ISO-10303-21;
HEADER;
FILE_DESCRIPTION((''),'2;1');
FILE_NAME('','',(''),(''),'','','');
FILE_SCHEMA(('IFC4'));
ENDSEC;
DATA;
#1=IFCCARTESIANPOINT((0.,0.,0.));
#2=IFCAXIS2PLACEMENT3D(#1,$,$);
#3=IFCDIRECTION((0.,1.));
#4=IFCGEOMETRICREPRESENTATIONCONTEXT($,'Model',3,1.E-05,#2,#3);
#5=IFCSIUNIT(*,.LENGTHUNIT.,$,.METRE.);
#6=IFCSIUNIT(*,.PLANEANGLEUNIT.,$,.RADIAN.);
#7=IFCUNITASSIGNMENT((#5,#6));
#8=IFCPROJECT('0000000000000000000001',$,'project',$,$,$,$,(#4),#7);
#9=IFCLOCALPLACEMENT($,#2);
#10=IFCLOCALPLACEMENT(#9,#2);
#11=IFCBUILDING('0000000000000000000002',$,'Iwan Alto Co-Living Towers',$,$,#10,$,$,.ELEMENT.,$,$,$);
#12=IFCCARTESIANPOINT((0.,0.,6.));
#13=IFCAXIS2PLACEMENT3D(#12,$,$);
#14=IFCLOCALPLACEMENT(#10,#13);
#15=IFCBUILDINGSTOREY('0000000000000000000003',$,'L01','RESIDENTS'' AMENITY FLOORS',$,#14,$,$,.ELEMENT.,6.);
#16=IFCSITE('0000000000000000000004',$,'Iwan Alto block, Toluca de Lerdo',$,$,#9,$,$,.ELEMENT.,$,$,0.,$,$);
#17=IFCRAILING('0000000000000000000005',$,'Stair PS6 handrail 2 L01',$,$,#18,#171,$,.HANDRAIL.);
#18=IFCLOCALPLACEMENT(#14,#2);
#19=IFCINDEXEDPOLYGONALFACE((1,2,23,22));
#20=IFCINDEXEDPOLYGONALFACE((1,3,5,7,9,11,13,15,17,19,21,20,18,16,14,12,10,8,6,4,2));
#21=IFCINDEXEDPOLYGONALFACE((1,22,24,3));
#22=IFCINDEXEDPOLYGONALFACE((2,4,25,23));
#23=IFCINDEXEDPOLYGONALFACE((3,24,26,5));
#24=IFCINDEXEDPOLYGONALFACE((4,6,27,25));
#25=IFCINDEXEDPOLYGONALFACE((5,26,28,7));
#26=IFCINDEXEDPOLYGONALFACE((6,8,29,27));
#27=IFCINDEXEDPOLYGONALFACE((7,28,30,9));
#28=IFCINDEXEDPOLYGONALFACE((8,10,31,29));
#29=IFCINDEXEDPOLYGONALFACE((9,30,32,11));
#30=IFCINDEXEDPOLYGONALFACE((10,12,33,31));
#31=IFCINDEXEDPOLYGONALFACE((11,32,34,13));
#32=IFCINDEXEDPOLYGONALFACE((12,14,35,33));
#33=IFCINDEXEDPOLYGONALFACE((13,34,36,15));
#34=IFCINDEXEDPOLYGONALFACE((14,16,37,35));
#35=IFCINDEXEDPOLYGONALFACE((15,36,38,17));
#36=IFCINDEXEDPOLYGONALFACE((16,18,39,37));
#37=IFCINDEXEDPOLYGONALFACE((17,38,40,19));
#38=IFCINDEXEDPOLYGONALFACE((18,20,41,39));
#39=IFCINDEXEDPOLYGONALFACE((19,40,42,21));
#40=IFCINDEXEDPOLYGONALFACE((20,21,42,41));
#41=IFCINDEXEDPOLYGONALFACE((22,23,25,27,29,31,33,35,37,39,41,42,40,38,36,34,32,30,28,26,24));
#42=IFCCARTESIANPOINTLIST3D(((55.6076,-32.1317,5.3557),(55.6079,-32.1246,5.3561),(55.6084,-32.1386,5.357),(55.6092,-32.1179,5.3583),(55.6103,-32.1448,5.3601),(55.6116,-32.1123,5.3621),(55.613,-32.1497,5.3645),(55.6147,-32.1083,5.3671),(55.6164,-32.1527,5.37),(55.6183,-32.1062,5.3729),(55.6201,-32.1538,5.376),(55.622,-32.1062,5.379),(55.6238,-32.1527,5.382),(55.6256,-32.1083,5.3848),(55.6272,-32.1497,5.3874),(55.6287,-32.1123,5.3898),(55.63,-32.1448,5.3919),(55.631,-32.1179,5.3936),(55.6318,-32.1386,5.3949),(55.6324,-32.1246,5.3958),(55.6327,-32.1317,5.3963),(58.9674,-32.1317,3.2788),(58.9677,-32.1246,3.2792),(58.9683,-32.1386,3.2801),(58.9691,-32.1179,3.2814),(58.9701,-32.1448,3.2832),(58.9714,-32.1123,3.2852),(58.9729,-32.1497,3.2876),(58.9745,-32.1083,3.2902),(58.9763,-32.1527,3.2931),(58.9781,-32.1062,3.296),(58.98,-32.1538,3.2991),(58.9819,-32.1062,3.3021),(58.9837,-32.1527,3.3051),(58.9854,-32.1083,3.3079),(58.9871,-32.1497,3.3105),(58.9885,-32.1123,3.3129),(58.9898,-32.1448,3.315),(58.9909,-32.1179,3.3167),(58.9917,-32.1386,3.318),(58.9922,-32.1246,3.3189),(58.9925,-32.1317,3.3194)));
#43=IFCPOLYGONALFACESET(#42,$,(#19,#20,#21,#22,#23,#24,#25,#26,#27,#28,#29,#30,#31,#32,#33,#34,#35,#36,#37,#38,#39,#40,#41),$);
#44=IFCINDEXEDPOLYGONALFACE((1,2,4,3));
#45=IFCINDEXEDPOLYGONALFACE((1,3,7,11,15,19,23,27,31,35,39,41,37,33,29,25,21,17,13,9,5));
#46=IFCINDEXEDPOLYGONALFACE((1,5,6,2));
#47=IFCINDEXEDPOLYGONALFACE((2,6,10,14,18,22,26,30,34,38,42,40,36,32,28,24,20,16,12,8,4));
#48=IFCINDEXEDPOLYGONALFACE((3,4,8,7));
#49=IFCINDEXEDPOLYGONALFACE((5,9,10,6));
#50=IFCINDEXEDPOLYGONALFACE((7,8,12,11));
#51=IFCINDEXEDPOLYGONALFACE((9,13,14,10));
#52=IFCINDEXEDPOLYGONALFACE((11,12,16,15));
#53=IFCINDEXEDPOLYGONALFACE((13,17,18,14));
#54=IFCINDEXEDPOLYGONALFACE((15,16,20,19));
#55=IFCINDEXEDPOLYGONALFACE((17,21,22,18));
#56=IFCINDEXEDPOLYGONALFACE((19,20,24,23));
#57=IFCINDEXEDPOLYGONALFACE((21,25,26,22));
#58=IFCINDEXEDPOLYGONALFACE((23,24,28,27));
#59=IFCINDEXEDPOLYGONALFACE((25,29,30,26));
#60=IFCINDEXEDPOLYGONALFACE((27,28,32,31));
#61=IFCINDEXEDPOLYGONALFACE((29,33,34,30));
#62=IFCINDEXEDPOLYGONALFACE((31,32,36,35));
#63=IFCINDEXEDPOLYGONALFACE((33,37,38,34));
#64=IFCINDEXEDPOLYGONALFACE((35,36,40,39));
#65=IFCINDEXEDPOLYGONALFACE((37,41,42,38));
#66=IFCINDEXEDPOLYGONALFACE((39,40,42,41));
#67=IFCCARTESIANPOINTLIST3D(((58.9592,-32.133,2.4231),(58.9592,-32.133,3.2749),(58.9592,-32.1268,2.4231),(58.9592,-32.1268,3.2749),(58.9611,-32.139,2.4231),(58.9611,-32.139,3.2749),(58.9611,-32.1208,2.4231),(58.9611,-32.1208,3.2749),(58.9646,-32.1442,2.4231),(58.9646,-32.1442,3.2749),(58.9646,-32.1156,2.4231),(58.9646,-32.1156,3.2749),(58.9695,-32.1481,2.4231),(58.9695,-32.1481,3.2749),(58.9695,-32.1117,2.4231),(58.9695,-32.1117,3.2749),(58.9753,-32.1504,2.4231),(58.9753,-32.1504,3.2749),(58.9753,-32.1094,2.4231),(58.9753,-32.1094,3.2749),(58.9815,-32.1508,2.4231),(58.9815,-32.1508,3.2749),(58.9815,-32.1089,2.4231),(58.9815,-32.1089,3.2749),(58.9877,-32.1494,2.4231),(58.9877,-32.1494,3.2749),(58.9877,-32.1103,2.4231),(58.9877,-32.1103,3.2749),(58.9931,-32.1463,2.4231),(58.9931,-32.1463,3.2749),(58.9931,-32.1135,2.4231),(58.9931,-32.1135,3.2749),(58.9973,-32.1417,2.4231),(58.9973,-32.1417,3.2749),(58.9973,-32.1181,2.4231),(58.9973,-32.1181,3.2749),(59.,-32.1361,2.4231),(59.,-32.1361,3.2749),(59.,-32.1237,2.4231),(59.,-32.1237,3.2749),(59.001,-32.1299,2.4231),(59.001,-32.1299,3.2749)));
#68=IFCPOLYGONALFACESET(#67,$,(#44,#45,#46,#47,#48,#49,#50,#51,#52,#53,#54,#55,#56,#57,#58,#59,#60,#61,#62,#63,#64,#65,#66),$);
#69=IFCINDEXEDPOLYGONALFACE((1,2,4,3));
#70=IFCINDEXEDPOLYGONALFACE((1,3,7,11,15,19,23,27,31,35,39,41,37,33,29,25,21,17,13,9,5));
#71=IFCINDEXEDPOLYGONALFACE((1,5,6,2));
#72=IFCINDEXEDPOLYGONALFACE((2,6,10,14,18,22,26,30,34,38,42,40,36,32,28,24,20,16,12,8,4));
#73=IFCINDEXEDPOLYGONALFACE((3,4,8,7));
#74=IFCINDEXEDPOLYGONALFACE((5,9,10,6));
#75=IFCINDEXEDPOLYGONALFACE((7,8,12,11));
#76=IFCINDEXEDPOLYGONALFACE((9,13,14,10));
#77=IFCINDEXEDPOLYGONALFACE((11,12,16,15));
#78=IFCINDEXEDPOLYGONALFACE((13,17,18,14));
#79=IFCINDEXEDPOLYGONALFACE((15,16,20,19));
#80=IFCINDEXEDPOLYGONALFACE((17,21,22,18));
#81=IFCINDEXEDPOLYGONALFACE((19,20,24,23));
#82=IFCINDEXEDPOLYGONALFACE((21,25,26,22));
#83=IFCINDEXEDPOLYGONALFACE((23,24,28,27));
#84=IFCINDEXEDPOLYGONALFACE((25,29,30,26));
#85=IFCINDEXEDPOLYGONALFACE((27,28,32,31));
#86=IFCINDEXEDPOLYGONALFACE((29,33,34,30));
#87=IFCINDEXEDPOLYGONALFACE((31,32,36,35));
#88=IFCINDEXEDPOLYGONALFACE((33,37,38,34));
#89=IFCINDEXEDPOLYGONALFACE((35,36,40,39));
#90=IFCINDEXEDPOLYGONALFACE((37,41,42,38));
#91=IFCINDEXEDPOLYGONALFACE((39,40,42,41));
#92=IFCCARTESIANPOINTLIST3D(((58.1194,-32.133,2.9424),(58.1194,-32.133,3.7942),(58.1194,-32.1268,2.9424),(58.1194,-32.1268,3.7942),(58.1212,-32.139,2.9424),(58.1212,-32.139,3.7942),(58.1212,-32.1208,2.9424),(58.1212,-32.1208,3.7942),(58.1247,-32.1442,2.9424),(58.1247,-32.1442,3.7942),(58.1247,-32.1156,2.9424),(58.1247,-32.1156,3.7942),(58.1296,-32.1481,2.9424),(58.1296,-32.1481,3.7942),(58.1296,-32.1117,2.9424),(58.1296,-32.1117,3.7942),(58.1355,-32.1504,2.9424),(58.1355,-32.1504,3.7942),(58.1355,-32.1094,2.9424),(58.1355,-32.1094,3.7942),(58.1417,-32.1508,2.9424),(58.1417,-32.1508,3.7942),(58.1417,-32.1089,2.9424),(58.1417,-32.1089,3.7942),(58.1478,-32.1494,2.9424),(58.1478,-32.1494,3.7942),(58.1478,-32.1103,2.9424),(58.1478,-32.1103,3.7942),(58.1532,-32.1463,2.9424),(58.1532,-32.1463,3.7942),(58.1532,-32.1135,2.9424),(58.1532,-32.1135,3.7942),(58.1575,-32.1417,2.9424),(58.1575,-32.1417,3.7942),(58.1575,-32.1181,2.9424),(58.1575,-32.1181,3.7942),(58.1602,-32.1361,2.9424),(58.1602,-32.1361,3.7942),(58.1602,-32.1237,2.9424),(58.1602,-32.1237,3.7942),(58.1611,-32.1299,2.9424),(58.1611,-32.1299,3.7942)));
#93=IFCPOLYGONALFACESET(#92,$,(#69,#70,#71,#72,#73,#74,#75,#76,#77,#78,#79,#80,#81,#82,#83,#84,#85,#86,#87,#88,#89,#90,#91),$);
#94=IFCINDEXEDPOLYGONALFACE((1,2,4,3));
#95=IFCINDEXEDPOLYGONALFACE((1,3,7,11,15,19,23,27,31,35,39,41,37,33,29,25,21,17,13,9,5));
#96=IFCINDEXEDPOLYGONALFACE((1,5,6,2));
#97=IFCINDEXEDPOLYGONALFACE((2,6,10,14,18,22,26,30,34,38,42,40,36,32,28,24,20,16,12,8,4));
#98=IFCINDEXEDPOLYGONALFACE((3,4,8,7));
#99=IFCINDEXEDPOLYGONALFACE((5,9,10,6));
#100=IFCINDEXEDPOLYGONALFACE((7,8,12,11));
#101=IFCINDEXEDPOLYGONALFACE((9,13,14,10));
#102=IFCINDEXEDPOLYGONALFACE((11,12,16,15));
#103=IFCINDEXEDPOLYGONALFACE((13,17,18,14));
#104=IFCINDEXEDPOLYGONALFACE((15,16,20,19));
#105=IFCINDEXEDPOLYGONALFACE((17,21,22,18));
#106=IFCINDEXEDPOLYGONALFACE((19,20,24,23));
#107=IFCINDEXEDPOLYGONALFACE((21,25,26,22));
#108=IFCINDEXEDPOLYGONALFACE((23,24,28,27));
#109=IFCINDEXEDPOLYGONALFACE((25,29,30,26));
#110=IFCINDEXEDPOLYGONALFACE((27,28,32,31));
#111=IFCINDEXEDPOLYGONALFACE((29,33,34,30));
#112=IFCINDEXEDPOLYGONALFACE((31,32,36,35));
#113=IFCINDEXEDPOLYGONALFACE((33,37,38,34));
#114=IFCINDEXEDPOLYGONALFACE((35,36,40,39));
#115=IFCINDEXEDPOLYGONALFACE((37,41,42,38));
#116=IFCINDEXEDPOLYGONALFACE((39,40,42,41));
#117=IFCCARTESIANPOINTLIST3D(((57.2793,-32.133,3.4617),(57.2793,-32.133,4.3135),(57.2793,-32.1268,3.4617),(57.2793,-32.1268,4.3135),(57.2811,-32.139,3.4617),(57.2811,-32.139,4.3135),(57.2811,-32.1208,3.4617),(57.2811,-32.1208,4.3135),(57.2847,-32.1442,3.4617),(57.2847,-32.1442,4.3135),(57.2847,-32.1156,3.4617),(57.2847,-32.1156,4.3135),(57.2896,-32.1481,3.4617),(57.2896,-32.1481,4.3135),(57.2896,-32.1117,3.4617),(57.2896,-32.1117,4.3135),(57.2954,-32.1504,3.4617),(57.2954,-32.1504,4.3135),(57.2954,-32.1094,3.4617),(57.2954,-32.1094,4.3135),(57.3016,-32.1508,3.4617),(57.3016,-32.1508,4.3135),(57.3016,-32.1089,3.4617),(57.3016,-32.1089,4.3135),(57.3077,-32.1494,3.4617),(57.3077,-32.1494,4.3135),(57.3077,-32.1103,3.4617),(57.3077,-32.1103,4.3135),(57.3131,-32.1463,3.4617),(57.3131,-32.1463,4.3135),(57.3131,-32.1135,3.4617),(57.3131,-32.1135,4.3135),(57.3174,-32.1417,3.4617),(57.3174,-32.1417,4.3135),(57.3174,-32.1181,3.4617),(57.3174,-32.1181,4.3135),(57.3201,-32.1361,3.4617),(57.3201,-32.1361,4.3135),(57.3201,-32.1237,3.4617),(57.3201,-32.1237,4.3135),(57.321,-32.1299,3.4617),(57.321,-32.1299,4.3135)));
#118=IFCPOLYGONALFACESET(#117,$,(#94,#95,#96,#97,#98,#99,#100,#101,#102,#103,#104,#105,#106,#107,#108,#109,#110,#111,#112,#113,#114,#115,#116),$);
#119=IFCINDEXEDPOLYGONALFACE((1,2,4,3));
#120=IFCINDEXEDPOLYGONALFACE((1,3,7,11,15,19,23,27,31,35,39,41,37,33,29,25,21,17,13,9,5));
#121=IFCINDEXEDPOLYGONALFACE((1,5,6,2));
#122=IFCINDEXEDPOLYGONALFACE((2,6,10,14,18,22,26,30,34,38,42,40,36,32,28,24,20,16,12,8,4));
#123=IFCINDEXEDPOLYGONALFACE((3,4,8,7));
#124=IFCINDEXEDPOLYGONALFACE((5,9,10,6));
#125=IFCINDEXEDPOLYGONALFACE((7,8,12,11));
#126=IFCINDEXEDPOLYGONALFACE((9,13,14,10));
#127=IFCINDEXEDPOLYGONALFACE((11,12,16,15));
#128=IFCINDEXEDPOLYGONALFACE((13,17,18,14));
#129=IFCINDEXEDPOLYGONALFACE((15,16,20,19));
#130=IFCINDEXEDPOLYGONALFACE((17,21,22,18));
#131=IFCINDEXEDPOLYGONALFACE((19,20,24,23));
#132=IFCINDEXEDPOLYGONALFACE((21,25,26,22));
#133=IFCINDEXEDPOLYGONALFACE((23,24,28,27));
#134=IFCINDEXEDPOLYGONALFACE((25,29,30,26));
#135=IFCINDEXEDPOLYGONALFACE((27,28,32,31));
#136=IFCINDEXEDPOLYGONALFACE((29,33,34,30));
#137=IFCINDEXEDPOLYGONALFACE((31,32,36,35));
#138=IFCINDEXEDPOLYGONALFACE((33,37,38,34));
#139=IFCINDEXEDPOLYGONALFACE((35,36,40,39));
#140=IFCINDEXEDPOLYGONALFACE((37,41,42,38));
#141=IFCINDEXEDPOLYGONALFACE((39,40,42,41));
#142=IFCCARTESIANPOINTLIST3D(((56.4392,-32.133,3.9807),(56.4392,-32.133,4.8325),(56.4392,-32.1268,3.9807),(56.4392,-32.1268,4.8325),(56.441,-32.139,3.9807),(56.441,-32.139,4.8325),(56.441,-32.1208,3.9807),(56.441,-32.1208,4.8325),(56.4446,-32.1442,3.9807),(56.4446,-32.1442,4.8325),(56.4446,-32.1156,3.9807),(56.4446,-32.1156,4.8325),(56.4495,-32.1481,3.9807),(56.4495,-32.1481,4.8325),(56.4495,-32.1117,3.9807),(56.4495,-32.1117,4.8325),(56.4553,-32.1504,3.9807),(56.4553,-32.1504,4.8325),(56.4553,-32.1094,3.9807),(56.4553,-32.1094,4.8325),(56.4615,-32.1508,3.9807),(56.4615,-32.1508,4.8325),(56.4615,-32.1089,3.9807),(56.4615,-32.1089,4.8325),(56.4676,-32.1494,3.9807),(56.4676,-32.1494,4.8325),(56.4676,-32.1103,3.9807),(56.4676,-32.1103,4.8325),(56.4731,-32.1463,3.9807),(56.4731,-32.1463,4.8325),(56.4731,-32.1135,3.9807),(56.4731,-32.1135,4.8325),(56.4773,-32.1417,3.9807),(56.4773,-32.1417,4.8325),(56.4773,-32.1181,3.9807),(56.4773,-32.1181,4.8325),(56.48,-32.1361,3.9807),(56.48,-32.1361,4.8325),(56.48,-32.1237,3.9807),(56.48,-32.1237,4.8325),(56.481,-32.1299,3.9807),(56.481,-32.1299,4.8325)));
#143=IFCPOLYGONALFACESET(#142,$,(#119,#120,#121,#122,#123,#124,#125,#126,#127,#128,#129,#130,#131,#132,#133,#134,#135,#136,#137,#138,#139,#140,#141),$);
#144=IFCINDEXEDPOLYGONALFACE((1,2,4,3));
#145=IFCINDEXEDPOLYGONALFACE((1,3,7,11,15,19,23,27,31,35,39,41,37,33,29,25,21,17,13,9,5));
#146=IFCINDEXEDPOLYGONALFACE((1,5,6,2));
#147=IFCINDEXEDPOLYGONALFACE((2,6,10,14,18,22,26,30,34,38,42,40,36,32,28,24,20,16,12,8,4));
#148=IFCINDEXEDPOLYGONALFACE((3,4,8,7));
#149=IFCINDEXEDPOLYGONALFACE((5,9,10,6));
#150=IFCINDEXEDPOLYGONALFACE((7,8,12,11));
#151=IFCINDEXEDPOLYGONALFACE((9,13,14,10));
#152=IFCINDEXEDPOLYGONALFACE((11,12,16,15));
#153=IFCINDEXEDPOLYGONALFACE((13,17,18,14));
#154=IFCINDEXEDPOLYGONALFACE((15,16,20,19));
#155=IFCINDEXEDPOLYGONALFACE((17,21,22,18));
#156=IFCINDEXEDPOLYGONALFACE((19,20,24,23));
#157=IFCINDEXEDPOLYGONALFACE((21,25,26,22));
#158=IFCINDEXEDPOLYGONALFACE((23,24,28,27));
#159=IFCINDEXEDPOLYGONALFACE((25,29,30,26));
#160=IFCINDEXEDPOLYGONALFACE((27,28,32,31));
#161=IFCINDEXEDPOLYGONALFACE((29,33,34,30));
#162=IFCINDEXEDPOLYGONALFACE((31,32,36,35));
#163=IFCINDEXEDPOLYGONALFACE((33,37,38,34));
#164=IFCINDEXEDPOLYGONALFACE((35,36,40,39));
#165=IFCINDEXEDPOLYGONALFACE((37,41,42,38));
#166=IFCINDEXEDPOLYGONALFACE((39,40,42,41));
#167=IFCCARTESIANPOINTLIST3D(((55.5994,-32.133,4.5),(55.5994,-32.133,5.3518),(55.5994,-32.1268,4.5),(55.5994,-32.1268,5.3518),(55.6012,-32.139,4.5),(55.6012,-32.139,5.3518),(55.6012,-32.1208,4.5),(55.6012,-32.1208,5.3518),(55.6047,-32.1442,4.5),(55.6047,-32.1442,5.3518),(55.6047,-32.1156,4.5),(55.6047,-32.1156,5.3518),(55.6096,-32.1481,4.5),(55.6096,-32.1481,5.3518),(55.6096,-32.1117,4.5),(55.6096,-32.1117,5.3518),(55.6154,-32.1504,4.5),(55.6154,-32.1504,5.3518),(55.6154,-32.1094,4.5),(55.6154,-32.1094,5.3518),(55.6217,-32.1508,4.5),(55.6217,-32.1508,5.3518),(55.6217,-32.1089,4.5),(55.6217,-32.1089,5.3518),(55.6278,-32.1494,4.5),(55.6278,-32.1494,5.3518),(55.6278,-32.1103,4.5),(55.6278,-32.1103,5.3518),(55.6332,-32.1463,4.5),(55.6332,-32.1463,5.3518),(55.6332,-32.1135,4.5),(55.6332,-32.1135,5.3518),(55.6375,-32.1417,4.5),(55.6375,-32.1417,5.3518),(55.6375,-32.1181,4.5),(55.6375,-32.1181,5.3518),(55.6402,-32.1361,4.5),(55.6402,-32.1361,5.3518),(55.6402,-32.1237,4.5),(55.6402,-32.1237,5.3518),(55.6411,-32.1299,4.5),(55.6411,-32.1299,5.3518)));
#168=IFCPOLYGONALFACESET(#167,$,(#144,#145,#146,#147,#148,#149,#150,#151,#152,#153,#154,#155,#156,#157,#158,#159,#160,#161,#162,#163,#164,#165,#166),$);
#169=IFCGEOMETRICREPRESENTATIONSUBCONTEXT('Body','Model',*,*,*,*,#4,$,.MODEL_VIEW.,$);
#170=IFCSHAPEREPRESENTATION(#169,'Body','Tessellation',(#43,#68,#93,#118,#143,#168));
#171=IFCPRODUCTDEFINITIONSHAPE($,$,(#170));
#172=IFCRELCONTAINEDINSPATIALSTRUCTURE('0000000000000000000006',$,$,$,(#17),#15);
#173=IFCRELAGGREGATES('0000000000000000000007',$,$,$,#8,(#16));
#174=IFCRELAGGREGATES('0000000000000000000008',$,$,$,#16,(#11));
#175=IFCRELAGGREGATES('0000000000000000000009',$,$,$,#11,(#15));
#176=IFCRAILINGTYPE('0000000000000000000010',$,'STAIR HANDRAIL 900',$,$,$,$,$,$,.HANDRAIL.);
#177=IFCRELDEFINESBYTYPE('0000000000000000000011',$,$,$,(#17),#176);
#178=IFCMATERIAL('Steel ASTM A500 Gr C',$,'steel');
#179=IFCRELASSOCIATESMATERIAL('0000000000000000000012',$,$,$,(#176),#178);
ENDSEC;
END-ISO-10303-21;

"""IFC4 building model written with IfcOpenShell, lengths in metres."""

from ifc_helpers import new_model, si_unit, direction, frame, origin, origin_2d, place, context, subcontext, project, spatial, circle, extrude, material, type_object, element, save


model = new_model("IFC4")

# Units and contexts
model_context = context("Model", 3, precision=1e-05, world=origin(), true_north=direction((0.0, 1.0)))
body_context = subcontext(model_context, "Body", "Model", "MODEL_VIEW")
ifc_project = project(units=[si_unit("LENGTHUNIT", "METRE"), si_unit("PLANEANGLEUNIT", "RADIAN")], contexts=[model_context])

# Site, building, storey
site_placement = place(None, origin())
site = spatial("IfcSite", under=ifc_project, at=site_placement, Name="Iwan Alto block, Toluca de Lerdo", CompositionType="ELEMENT", RefElevation=0.0)
building_placement = place(site_placement, origin())
building = spatial("IfcBuilding", under=site, at=building_placement, Name="Iwan Alto Co-Living Towers", CompositionType="ELEMENT")
storey_placement = place(building_placement, frame((0.0, 0.0, 6.0)))
storey = spatial("IfcBuildingStorey", under=building, at=storey_placement, Name="L01", Description="RESIDENTS' AMENITY FLOORS", CompositionType="ELEMENT", Elevation=6.0)

# Railing
ifc_material_1 = material(Name="Steel ASTM A500 Gr C", Category="steel")
railing_type_1 = type_object("IfcRailingType", Name="STAIR HANDRAIL 900", PredefinedType="HANDRAIL", material=ifc_material_1)
railing_1_placement = place(storey_placement, frame((58.98, -32.1299, 2.4231)))
element("IfcRailing", 1, at=railing_1_placement, inside=storey, type_object=railing_type_1, Name="Stair PS6 handrail 2 L01", PredefinedType="HANDRAIL", context=body_context, shape_type="SweptSolid", body=[
    extrude(circle(Radius=0.0239, at=origin_2d()), frame((0.0, 0.0, 0.876), z_axis=(-0.850606, 0.0, 0.525803), x_axis=(0.0, -1.0, 0.0)), (0.0, 0.0, 1.0), 3.95),
    extrude(circle(Radius=0.021, at=origin_2d()), origin(), (0.0, 0.0, 1.0), 0.8518),
    extrude(circle(Radius=0.021, at=origin_2d()), frame((-0.8398, 0.0, 0.5193)), (0.0, 0.0, 1.0), 0.8518),
    extrude(circle(Radius=0.021, at=origin_2d()), frame((-1.6799, 0.0, 1.0386)), (0.0, 0.0, 1.0), 0.8518),
    extrude(circle(Radius=0.021, at=origin_2d()), frame((-2.52, 0.0, 1.5576)), (0.0, 0.0, 1.0), 0.8518),
    extrude(circle(Radius=0.021, at=origin_2d()), frame((-3.3599, 0.0, 2.0769)), (0.0, 0.0, 1.0), 0.8518),
])

save(model, "model.ifc")
